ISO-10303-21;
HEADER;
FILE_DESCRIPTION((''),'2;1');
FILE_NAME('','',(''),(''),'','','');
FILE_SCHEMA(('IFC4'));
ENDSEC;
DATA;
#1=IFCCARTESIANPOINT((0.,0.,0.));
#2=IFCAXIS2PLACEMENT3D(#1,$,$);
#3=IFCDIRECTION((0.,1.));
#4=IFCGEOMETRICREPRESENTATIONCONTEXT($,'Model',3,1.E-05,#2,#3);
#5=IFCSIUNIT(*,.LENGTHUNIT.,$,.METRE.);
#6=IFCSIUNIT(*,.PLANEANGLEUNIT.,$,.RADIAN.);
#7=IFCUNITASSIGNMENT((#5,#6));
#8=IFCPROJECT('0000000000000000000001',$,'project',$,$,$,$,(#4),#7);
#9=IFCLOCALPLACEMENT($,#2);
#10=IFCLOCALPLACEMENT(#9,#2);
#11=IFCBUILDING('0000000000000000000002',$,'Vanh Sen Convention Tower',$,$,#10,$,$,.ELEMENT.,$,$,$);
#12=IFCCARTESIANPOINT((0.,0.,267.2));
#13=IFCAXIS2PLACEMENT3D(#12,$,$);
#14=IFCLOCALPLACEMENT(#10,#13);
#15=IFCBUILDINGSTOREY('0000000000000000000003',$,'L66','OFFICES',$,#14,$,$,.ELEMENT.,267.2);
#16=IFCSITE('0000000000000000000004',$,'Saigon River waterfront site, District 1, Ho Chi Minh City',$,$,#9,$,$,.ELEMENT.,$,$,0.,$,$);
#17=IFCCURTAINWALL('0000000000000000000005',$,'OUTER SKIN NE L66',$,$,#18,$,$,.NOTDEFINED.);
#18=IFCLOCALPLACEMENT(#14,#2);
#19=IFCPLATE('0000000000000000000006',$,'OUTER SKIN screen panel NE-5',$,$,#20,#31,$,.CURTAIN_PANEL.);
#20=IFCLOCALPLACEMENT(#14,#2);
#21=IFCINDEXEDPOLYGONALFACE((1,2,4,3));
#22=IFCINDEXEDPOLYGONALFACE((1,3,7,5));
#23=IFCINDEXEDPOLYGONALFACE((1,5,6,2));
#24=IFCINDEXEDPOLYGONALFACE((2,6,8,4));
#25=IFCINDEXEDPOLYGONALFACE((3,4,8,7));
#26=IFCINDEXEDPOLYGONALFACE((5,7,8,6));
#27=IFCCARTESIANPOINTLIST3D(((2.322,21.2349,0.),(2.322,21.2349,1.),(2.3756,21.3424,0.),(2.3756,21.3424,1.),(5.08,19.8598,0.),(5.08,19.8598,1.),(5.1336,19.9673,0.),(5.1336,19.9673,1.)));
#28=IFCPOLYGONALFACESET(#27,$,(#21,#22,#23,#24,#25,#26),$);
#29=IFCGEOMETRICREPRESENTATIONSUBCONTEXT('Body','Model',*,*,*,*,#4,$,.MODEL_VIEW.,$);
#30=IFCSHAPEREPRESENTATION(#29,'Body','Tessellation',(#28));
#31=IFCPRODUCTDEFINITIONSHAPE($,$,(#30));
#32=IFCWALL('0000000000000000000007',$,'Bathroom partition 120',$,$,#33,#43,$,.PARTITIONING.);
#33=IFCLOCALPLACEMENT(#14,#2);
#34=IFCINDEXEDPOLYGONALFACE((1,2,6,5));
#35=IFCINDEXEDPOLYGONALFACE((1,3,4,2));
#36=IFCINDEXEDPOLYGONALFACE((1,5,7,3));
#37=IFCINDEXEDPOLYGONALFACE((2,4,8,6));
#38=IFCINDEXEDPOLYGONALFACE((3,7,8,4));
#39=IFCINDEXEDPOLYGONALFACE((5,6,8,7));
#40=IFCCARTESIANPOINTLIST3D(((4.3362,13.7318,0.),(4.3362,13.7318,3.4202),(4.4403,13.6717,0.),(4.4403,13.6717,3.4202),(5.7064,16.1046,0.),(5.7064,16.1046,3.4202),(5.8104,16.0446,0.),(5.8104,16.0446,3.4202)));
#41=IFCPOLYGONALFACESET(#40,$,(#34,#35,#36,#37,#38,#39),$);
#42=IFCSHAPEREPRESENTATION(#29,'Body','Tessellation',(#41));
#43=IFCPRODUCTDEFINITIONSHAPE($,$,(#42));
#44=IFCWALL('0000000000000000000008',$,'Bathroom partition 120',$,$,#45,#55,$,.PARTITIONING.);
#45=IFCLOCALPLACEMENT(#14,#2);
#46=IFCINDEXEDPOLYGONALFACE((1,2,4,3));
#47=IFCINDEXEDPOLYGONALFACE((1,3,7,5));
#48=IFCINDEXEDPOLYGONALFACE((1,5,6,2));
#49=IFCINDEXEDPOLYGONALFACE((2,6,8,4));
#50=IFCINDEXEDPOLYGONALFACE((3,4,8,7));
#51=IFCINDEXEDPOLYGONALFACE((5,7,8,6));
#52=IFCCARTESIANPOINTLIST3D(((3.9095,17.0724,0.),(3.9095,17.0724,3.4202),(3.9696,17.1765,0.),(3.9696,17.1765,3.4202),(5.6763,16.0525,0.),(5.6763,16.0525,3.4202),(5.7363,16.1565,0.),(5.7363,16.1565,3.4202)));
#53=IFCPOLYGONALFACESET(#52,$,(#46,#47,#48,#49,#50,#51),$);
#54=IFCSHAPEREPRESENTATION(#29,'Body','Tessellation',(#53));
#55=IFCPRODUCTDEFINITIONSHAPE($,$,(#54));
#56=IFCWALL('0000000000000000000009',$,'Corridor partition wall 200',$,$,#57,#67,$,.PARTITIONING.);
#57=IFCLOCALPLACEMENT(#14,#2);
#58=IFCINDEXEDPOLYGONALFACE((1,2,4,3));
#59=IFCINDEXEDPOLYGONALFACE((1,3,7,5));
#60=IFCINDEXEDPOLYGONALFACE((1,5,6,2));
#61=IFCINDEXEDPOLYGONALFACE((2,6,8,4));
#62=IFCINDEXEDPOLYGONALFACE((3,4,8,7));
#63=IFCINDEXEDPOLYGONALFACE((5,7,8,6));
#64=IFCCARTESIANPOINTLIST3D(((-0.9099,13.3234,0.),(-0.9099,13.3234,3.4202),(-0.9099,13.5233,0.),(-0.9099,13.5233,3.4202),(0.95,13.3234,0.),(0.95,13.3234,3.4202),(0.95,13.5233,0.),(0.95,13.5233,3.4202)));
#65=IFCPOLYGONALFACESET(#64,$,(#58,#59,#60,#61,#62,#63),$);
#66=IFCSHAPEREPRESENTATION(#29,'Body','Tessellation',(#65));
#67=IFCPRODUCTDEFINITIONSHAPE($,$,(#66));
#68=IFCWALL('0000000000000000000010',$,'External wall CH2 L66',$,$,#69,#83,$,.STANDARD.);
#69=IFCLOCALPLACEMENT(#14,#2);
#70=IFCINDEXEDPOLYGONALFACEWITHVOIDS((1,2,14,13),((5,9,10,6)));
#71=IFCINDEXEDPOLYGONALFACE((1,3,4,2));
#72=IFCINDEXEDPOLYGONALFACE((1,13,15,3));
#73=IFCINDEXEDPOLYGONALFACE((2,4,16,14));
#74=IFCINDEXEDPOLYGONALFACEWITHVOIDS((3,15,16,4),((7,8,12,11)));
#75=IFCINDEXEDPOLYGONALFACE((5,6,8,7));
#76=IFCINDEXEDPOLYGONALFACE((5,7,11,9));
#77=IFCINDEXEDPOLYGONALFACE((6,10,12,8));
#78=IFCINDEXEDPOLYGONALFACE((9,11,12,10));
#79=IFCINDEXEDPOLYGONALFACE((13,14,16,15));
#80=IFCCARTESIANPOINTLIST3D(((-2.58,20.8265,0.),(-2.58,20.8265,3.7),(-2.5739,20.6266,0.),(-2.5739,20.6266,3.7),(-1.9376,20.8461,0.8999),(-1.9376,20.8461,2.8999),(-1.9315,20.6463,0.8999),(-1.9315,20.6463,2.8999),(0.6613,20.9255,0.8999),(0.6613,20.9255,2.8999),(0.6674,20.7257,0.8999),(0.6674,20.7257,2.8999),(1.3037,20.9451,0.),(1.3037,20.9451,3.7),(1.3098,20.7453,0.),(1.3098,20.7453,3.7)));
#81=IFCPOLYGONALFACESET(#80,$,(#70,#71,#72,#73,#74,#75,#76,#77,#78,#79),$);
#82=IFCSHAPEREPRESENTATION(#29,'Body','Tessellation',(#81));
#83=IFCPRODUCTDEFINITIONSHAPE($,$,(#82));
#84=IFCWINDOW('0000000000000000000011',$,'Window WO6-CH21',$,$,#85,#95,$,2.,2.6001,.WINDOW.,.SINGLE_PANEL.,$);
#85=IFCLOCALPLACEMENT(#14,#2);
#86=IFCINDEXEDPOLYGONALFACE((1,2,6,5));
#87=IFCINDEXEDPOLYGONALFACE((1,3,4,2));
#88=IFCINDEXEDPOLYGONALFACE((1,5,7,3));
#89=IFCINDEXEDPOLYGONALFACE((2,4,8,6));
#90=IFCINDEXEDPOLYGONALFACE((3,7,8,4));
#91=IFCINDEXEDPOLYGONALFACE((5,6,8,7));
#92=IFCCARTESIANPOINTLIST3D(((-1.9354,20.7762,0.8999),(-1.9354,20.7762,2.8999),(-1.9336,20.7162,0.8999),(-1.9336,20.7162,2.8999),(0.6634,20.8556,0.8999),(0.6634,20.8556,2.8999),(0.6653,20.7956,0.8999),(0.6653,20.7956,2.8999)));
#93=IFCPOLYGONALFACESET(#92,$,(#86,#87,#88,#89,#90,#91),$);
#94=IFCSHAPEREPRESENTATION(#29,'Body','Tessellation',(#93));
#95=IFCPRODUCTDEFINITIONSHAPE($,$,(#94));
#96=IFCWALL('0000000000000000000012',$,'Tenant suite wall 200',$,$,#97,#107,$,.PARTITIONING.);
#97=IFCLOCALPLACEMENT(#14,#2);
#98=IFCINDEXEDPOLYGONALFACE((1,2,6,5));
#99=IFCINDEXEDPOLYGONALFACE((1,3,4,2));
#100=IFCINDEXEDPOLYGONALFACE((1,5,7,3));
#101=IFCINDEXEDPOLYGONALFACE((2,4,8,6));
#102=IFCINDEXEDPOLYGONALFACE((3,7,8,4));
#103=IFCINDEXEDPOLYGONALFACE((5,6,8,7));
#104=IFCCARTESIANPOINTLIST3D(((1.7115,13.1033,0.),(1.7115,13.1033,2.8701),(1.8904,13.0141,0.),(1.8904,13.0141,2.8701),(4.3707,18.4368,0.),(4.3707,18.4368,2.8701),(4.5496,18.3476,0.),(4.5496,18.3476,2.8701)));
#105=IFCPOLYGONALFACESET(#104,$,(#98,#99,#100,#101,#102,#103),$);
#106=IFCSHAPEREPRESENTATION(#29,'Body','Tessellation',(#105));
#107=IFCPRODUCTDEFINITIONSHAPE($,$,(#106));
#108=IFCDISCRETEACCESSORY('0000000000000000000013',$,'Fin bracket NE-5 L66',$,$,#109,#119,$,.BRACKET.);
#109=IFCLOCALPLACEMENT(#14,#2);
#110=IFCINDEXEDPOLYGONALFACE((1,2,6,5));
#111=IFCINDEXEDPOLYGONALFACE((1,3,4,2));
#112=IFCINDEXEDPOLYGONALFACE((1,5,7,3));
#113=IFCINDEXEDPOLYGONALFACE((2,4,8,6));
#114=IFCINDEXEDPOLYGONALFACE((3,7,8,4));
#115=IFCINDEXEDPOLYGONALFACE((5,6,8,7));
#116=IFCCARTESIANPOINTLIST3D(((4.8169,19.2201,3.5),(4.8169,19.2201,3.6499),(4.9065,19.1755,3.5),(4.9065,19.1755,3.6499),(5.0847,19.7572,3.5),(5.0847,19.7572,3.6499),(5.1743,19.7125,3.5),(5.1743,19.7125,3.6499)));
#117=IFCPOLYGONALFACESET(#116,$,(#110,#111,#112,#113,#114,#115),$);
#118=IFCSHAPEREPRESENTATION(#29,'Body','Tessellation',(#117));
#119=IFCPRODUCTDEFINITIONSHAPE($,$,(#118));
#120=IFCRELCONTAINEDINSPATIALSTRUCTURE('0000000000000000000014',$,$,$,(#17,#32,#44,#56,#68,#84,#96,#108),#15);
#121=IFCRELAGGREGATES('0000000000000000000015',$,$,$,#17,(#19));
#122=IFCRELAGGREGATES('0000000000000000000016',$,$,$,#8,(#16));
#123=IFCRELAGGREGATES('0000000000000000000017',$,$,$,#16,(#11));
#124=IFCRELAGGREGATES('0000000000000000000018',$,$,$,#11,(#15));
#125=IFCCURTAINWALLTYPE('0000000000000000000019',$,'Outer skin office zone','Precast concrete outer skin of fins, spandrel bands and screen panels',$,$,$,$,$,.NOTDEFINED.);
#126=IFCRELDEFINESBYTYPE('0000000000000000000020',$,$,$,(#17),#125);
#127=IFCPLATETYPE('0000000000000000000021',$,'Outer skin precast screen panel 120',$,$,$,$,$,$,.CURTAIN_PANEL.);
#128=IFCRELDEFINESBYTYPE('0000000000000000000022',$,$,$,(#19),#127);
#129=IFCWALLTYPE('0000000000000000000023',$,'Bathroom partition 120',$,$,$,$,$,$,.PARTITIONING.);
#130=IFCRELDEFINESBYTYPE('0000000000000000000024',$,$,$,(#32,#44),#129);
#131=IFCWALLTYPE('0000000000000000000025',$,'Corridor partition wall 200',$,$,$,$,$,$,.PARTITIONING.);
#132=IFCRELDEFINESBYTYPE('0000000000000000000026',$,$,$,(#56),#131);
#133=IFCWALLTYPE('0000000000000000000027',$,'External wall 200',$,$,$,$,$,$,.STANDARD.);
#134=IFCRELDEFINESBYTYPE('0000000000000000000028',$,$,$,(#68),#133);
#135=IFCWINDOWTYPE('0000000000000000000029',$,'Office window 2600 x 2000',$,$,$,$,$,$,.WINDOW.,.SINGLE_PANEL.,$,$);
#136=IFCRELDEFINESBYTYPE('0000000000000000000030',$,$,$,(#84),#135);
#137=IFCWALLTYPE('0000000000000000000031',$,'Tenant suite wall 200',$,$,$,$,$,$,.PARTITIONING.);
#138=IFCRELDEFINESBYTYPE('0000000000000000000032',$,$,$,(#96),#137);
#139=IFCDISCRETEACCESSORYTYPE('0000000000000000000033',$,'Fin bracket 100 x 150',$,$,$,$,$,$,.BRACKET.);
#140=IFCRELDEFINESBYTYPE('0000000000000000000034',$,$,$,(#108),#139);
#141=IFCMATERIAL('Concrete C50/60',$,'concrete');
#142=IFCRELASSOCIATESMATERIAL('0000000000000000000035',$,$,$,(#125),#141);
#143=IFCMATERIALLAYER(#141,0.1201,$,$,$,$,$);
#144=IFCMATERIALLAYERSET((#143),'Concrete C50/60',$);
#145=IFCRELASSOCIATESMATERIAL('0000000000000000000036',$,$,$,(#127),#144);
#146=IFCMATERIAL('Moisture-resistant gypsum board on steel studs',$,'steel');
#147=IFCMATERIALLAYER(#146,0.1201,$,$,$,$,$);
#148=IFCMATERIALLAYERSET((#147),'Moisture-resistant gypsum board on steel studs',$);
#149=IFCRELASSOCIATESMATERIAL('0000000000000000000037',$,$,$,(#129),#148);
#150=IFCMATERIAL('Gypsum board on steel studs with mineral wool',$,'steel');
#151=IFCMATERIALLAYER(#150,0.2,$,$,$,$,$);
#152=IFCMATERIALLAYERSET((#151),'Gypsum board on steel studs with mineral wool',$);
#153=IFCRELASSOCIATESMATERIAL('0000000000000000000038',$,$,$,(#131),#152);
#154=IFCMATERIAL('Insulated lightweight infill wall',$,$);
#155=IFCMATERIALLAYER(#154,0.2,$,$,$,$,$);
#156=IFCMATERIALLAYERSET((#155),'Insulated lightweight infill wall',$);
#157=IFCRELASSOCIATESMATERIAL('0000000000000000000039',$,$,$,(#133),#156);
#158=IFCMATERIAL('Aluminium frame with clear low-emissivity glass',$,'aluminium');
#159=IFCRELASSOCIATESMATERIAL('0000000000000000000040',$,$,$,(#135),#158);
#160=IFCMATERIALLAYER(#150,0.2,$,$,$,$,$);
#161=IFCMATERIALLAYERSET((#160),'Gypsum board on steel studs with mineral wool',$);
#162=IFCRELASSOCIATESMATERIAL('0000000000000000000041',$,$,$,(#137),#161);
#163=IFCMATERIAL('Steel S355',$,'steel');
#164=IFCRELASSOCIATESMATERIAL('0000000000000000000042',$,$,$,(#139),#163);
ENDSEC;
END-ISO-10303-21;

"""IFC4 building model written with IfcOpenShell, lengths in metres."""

from ifc_helpers import new_model, si_unit, direction, frame, frame_2d, origin, origin_2d, place, context, subcontext, project, spatial, rectangle, extrude, material, layer, layer_set, type_object, element, fill, aggregate, save


model = new_model("IFC4")

# Units and contexts
model_context = context("Model", 3, precision=1e-05, world=origin(), true_north=direction((0.0, 1.0)))
body_context = subcontext(model_context, "Body", "Model", "MODEL_VIEW")
ifc_project = project(units=[si_unit("LENGTHUNIT", "METRE"), si_unit("PLANEANGLEUNIT", "RADIAN")], contexts=[model_context])

# Site, building, storey
site_placement = place(None, origin())
site = spatial("IfcSite", under=ifc_project, at=site_placement, Name="Saigon River waterfront site, District 1, Ho Chi Minh City", CompositionType="ELEMENT", RefElevation=0.0)
building_placement = place(site_placement, origin())
building = spatial("IfcBuilding", under=site, at=building_placement, Name="Vanh Sen Convention Tower", CompositionType="ELEMENT")
storey_placement = place(building_placement, frame((0.0, 0.0, 267.2)))
storey = spatial("IfcBuildingStorey", under=building, at=storey_placement, Name="L66", Description="OFFICES", CompositionType="ELEMENT", Elevation=267.2)

# Curtain wall
ifc_material_1 = material(Name="Concrete C50/60", Category="concrete")
curtain_wall_type = type_object("IfcCurtainWallType", Name="Outer skin office zone", Description="Precast concrete outer skin of fins, spandrel bands and screen panels", PredefinedType="NOTDEFINED", material=ifc_material_1)
curtain_wall_1_placement = place(storey_placement, origin())
curtain_wall_1 = element("IfcCurtainWall", 1, at=curtain_wall_1_placement, inside=storey, type_object=curtain_wall_type, Name="OUTER SKIN NE L66", PredefinedType="NOTDEFINED")

# Plate
ifc_layer_1 = layer(ifc_material_1, 0.1201)
ifc_layer_set_1 = layer_set([ifc_layer_1], Name="Concrete C50/60")
plate_type = type_object("IfcPlateType", Name="Outer skin precast screen panel 120", PredefinedType="CURTAIN_PANEL", material=ifc_layer_set_1)
plate_1_placement = place(storey_placement, frame((3.7278, 20.6011, 0.0), z_axis=(0.0, 0.0, 1.0), x_axis=(-0.894931, 0.446204, 0.0)))
plate_1 = element("IfcPlate", 2, at=plate_1_placement, type_object=plate_type, Name="OUTER SKIN screen panel NE-5", PredefinedType="CURTAIN_PANEL", context=body_context, shape_type="SweptSolid", body=[
    extrude(rectangle(XDim=3.0818, YDim=0.1201, at=origin_2d()), origin(), (0.0, 0.0, 1.0), 1.0),
])
aggregate(curtain_wall_1, [plate_1])

# Walls
ifc_material_2 = material(Name="Moisture-resistant gypsum board on steel studs", Category="steel")
ifc_layer_2 = layer(ifc_material_2, 0.1201)
ifc_layer_set_2 = layer_set([ifc_layer_2], Name="Moisture-resistant gypsum board on steel studs")
wall_type_1 = type_object("IfcWallType", Name="Bathroom partition 120", PredefinedType="PARTITIONING", material=ifc_layer_set_2)
wall_1_placement = place(storey_placement, frame((4.3882, 13.7017, 0.0), z_axis=(0.0, 0.0, 1.0), x_axis=(0.500049, 0.865997, 0.0)))
element("IfcWall", 3, at=wall_1_placement, inside=storey, type_object=wall_type_1, Name="Bathroom partition 120", PredefinedType="PARTITIONING", context=body_context, shape_type="SweptSolid", body=[
    extrude(rectangle(XDim=2.74, YDim=0.1201, at=frame_2d((1.3701, 0.0))), origin(), (0.0, 0.0, 1.0), 3.4202),
])
wall_2_placement = place(storey_placement, frame((5.7063, 16.1045, 0.0), z_axis=(0.0, 0.0, 1.0), x_axis=(-0.86604, 0.499975, 0.0)))
element("IfcWall", 4, at=wall_2_placement, inside=storey, type_object=wall_type_1, Name="Bathroom partition 120", PredefinedType="PARTITIONING", context=body_context, shape_type="SweptSolid", body=[
    extrude(rectangle(XDim=2.04, YDim=0.1201, at=frame_2d((1.02, 0.0))), origin(), (0.0, 0.0, 1.0), 3.4202),
])
ifc_material_3 = material(Name="Gypsum board on steel studs with mineral wool", Category="steel")
ifc_layer_3 = layer(ifc_material_3, 0.2)
ifc_layer_set_3 = layer_set([ifc_layer_3], Name="Gypsum board on steel studs with mineral wool")
wall_type_2 = type_object("IfcWallType", Name="Corridor partition wall 200", PredefinedType="PARTITIONING", material=ifc_layer_set_3)
wall_3_placement = place(storey_placement, frame((0.95, 13.4233, 0.0), z_axis=(0.0, 0.0, 1.0), x_axis=(-1.0, 0.0, 0.0)))
element("IfcWall", 5, at=wall_3_placement, inside=storey, type_object=wall_type_2, Name="Corridor partition wall 200", PredefinedType="PARTITIONING", context=body_context, shape_type="SweptSolid", body=[
    extrude(rectangle(XDim=1.8599, YDim=0.2, at=frame_2d((0.9299, 0.0))), origin(), (0.0, 0.0, 1.0), 3.4202),
])

# Wall, opening, window
ifc_material_4 = material(Name="Insulated lightweight infill wall")
ifc_layer_4 = layer(ifc_material_4, 0.2)
ifc_layer_set_4 = layer_set([ifc_layer_4], Name="Insulated lightweight infill wall")
wall_type_3 = type_object("IfcWallType", Name="External wall 200", PredefinedType="STANDARD", material=ifc_layer_set_4)
wall_4_placement = place(storey_placement, frame((1.3069, 20.8452, 0.0), z_axis=(0.0, 0.0, 1.0), x_axis=(-0.999534, -0.030536, 0.0)))
wall_4 = element("IfcWall", 6, at=wall_4_placement, inside=storey, type_object=wall_type_3, Name="External wall CH2 L66", PredefinedType="STANDARD", context=body_context, shape_type="SweptSolid", body=[
    extrude(rectangle(XDim=3.8855, YDim=0.2, at=frame_2d((1.9429, 0.0))), origin(), (0.0, 0.0, 1.0), 3.7),
])
opening_placement = place(wall_4_placement, frame((0.6428, 0.0, 0.8999)))
opening = element("IfcOpeningElement", 7, at=opening_placement, cuts=wall_4, PredefinedType="OPENING", context=body_context, shape_type="SweptSolid", body=[
    extrude(rectangle(XDim=2.6001, YDim=2.0, at=frame_2d((1.3, 1.0))), frame((0.0, 0.1099, 0.0), z_axis=(0.0, -1.0, 0.0), x_axis=(1.0, 0.0, 0.0)), (0.0, 0.0, 1.0), 0.22),
])
ifc_material_5 = material(Name="Aluminium frame with clear low-emissivity glass", Category="aluminium")
window_type = type_object("IfcWindowType", Name="Office window 2600 x 2000", PartitioningType="SINGLE_PANEL", PredefinedType="WINDOW", material=ifc_material_5)
window_placement = place(opening_placement, origin())
window = element("IfcWindow", 8, at=window_placement, inside=storey, type_object=window_type, Name="Window WO6-CH21", OverallHeight=2.0, OverallWidth=2.6001, PartitioningType="SINGLE_PANEL", PredefinedType="WINDOW", context=body_context, shape_type="SweptSolid", body=[
    extrude(rectangle(XDim=2.6001, YDim=2.0, at=frame_2d((1.3, 1.0))), frame((0.0, 0.03, 0.0), z_axis=(0.0, -1.0, 0.0), x_axis=(1.0, 0.0, 0.0)), (0.0, 0.0, 1.0), 0.0601),
])
fill(opening, window)

# Wall
ifc_layer_5 = layer(ifc_material_3, 0.2)
ifc_layer_set_5 = layer_set([ifc_layer_5], Name="Gypsum board on steel studs with mineral wool")
wall_type_4 = type_object("IfcWallType", Name="Tenant suite wall 200", PredefinedType="PARTITIONING", material=ifc_layer_set_5)
wall_5_placement = place(storey_placement, frame((4.4602, 18.3923, 0.0), z_axis=(0.0, 0.0, 1.0), x_axis=(-0.446197, -0.894935, 0.0)))
element("IfcWall", 9, at=wall_5_placement, inside=storey, type_object=wall_type_4, Name="Tenant suite wall 200", PredefinedType="PARTITIONING", context=body_context, shape_type="SweptSolid", body=[
    extrude(rectangle(XDim=5.9597, YDim=0.2, at=frame_2d((2.98, 0.0))), origin(), (0.0, 0.0, 1.0), 2.8701),
])

# Discrete accessory
ifc_material_6 = material(Name="Steel S355", Category="steel")
discrete_accessory_type = type_object("IfcDiscreteAccessoryType", Name="Fin bracket 100 x 150", PredefinedType="BRACKET", material=ifc_material_6)
discrete_accessory_placement = place(storey_placement, frame((4.9956, 19.4663, 3.5), z_axis=(0.0, 0.0, 1.0), x_axis=(0.446198, 0.894934, 0.0)))
element("IfcDiscreteAccessory", 10, at=discrete_accessory_placement, inside=storey, type_object=discrete_accessory_type, Name="Fin bracket NE-5 L66", PredefinedType="BRACKET", context=body_context, shape_type="SweptSolid", body=[
    extrude(rectangle(XDim=0.6001, YDim=0.1001, at=origin_2d()), origin(), (0.0, 0.0, 1.0), 0.1499),
])

save(model, "model.ifc")
